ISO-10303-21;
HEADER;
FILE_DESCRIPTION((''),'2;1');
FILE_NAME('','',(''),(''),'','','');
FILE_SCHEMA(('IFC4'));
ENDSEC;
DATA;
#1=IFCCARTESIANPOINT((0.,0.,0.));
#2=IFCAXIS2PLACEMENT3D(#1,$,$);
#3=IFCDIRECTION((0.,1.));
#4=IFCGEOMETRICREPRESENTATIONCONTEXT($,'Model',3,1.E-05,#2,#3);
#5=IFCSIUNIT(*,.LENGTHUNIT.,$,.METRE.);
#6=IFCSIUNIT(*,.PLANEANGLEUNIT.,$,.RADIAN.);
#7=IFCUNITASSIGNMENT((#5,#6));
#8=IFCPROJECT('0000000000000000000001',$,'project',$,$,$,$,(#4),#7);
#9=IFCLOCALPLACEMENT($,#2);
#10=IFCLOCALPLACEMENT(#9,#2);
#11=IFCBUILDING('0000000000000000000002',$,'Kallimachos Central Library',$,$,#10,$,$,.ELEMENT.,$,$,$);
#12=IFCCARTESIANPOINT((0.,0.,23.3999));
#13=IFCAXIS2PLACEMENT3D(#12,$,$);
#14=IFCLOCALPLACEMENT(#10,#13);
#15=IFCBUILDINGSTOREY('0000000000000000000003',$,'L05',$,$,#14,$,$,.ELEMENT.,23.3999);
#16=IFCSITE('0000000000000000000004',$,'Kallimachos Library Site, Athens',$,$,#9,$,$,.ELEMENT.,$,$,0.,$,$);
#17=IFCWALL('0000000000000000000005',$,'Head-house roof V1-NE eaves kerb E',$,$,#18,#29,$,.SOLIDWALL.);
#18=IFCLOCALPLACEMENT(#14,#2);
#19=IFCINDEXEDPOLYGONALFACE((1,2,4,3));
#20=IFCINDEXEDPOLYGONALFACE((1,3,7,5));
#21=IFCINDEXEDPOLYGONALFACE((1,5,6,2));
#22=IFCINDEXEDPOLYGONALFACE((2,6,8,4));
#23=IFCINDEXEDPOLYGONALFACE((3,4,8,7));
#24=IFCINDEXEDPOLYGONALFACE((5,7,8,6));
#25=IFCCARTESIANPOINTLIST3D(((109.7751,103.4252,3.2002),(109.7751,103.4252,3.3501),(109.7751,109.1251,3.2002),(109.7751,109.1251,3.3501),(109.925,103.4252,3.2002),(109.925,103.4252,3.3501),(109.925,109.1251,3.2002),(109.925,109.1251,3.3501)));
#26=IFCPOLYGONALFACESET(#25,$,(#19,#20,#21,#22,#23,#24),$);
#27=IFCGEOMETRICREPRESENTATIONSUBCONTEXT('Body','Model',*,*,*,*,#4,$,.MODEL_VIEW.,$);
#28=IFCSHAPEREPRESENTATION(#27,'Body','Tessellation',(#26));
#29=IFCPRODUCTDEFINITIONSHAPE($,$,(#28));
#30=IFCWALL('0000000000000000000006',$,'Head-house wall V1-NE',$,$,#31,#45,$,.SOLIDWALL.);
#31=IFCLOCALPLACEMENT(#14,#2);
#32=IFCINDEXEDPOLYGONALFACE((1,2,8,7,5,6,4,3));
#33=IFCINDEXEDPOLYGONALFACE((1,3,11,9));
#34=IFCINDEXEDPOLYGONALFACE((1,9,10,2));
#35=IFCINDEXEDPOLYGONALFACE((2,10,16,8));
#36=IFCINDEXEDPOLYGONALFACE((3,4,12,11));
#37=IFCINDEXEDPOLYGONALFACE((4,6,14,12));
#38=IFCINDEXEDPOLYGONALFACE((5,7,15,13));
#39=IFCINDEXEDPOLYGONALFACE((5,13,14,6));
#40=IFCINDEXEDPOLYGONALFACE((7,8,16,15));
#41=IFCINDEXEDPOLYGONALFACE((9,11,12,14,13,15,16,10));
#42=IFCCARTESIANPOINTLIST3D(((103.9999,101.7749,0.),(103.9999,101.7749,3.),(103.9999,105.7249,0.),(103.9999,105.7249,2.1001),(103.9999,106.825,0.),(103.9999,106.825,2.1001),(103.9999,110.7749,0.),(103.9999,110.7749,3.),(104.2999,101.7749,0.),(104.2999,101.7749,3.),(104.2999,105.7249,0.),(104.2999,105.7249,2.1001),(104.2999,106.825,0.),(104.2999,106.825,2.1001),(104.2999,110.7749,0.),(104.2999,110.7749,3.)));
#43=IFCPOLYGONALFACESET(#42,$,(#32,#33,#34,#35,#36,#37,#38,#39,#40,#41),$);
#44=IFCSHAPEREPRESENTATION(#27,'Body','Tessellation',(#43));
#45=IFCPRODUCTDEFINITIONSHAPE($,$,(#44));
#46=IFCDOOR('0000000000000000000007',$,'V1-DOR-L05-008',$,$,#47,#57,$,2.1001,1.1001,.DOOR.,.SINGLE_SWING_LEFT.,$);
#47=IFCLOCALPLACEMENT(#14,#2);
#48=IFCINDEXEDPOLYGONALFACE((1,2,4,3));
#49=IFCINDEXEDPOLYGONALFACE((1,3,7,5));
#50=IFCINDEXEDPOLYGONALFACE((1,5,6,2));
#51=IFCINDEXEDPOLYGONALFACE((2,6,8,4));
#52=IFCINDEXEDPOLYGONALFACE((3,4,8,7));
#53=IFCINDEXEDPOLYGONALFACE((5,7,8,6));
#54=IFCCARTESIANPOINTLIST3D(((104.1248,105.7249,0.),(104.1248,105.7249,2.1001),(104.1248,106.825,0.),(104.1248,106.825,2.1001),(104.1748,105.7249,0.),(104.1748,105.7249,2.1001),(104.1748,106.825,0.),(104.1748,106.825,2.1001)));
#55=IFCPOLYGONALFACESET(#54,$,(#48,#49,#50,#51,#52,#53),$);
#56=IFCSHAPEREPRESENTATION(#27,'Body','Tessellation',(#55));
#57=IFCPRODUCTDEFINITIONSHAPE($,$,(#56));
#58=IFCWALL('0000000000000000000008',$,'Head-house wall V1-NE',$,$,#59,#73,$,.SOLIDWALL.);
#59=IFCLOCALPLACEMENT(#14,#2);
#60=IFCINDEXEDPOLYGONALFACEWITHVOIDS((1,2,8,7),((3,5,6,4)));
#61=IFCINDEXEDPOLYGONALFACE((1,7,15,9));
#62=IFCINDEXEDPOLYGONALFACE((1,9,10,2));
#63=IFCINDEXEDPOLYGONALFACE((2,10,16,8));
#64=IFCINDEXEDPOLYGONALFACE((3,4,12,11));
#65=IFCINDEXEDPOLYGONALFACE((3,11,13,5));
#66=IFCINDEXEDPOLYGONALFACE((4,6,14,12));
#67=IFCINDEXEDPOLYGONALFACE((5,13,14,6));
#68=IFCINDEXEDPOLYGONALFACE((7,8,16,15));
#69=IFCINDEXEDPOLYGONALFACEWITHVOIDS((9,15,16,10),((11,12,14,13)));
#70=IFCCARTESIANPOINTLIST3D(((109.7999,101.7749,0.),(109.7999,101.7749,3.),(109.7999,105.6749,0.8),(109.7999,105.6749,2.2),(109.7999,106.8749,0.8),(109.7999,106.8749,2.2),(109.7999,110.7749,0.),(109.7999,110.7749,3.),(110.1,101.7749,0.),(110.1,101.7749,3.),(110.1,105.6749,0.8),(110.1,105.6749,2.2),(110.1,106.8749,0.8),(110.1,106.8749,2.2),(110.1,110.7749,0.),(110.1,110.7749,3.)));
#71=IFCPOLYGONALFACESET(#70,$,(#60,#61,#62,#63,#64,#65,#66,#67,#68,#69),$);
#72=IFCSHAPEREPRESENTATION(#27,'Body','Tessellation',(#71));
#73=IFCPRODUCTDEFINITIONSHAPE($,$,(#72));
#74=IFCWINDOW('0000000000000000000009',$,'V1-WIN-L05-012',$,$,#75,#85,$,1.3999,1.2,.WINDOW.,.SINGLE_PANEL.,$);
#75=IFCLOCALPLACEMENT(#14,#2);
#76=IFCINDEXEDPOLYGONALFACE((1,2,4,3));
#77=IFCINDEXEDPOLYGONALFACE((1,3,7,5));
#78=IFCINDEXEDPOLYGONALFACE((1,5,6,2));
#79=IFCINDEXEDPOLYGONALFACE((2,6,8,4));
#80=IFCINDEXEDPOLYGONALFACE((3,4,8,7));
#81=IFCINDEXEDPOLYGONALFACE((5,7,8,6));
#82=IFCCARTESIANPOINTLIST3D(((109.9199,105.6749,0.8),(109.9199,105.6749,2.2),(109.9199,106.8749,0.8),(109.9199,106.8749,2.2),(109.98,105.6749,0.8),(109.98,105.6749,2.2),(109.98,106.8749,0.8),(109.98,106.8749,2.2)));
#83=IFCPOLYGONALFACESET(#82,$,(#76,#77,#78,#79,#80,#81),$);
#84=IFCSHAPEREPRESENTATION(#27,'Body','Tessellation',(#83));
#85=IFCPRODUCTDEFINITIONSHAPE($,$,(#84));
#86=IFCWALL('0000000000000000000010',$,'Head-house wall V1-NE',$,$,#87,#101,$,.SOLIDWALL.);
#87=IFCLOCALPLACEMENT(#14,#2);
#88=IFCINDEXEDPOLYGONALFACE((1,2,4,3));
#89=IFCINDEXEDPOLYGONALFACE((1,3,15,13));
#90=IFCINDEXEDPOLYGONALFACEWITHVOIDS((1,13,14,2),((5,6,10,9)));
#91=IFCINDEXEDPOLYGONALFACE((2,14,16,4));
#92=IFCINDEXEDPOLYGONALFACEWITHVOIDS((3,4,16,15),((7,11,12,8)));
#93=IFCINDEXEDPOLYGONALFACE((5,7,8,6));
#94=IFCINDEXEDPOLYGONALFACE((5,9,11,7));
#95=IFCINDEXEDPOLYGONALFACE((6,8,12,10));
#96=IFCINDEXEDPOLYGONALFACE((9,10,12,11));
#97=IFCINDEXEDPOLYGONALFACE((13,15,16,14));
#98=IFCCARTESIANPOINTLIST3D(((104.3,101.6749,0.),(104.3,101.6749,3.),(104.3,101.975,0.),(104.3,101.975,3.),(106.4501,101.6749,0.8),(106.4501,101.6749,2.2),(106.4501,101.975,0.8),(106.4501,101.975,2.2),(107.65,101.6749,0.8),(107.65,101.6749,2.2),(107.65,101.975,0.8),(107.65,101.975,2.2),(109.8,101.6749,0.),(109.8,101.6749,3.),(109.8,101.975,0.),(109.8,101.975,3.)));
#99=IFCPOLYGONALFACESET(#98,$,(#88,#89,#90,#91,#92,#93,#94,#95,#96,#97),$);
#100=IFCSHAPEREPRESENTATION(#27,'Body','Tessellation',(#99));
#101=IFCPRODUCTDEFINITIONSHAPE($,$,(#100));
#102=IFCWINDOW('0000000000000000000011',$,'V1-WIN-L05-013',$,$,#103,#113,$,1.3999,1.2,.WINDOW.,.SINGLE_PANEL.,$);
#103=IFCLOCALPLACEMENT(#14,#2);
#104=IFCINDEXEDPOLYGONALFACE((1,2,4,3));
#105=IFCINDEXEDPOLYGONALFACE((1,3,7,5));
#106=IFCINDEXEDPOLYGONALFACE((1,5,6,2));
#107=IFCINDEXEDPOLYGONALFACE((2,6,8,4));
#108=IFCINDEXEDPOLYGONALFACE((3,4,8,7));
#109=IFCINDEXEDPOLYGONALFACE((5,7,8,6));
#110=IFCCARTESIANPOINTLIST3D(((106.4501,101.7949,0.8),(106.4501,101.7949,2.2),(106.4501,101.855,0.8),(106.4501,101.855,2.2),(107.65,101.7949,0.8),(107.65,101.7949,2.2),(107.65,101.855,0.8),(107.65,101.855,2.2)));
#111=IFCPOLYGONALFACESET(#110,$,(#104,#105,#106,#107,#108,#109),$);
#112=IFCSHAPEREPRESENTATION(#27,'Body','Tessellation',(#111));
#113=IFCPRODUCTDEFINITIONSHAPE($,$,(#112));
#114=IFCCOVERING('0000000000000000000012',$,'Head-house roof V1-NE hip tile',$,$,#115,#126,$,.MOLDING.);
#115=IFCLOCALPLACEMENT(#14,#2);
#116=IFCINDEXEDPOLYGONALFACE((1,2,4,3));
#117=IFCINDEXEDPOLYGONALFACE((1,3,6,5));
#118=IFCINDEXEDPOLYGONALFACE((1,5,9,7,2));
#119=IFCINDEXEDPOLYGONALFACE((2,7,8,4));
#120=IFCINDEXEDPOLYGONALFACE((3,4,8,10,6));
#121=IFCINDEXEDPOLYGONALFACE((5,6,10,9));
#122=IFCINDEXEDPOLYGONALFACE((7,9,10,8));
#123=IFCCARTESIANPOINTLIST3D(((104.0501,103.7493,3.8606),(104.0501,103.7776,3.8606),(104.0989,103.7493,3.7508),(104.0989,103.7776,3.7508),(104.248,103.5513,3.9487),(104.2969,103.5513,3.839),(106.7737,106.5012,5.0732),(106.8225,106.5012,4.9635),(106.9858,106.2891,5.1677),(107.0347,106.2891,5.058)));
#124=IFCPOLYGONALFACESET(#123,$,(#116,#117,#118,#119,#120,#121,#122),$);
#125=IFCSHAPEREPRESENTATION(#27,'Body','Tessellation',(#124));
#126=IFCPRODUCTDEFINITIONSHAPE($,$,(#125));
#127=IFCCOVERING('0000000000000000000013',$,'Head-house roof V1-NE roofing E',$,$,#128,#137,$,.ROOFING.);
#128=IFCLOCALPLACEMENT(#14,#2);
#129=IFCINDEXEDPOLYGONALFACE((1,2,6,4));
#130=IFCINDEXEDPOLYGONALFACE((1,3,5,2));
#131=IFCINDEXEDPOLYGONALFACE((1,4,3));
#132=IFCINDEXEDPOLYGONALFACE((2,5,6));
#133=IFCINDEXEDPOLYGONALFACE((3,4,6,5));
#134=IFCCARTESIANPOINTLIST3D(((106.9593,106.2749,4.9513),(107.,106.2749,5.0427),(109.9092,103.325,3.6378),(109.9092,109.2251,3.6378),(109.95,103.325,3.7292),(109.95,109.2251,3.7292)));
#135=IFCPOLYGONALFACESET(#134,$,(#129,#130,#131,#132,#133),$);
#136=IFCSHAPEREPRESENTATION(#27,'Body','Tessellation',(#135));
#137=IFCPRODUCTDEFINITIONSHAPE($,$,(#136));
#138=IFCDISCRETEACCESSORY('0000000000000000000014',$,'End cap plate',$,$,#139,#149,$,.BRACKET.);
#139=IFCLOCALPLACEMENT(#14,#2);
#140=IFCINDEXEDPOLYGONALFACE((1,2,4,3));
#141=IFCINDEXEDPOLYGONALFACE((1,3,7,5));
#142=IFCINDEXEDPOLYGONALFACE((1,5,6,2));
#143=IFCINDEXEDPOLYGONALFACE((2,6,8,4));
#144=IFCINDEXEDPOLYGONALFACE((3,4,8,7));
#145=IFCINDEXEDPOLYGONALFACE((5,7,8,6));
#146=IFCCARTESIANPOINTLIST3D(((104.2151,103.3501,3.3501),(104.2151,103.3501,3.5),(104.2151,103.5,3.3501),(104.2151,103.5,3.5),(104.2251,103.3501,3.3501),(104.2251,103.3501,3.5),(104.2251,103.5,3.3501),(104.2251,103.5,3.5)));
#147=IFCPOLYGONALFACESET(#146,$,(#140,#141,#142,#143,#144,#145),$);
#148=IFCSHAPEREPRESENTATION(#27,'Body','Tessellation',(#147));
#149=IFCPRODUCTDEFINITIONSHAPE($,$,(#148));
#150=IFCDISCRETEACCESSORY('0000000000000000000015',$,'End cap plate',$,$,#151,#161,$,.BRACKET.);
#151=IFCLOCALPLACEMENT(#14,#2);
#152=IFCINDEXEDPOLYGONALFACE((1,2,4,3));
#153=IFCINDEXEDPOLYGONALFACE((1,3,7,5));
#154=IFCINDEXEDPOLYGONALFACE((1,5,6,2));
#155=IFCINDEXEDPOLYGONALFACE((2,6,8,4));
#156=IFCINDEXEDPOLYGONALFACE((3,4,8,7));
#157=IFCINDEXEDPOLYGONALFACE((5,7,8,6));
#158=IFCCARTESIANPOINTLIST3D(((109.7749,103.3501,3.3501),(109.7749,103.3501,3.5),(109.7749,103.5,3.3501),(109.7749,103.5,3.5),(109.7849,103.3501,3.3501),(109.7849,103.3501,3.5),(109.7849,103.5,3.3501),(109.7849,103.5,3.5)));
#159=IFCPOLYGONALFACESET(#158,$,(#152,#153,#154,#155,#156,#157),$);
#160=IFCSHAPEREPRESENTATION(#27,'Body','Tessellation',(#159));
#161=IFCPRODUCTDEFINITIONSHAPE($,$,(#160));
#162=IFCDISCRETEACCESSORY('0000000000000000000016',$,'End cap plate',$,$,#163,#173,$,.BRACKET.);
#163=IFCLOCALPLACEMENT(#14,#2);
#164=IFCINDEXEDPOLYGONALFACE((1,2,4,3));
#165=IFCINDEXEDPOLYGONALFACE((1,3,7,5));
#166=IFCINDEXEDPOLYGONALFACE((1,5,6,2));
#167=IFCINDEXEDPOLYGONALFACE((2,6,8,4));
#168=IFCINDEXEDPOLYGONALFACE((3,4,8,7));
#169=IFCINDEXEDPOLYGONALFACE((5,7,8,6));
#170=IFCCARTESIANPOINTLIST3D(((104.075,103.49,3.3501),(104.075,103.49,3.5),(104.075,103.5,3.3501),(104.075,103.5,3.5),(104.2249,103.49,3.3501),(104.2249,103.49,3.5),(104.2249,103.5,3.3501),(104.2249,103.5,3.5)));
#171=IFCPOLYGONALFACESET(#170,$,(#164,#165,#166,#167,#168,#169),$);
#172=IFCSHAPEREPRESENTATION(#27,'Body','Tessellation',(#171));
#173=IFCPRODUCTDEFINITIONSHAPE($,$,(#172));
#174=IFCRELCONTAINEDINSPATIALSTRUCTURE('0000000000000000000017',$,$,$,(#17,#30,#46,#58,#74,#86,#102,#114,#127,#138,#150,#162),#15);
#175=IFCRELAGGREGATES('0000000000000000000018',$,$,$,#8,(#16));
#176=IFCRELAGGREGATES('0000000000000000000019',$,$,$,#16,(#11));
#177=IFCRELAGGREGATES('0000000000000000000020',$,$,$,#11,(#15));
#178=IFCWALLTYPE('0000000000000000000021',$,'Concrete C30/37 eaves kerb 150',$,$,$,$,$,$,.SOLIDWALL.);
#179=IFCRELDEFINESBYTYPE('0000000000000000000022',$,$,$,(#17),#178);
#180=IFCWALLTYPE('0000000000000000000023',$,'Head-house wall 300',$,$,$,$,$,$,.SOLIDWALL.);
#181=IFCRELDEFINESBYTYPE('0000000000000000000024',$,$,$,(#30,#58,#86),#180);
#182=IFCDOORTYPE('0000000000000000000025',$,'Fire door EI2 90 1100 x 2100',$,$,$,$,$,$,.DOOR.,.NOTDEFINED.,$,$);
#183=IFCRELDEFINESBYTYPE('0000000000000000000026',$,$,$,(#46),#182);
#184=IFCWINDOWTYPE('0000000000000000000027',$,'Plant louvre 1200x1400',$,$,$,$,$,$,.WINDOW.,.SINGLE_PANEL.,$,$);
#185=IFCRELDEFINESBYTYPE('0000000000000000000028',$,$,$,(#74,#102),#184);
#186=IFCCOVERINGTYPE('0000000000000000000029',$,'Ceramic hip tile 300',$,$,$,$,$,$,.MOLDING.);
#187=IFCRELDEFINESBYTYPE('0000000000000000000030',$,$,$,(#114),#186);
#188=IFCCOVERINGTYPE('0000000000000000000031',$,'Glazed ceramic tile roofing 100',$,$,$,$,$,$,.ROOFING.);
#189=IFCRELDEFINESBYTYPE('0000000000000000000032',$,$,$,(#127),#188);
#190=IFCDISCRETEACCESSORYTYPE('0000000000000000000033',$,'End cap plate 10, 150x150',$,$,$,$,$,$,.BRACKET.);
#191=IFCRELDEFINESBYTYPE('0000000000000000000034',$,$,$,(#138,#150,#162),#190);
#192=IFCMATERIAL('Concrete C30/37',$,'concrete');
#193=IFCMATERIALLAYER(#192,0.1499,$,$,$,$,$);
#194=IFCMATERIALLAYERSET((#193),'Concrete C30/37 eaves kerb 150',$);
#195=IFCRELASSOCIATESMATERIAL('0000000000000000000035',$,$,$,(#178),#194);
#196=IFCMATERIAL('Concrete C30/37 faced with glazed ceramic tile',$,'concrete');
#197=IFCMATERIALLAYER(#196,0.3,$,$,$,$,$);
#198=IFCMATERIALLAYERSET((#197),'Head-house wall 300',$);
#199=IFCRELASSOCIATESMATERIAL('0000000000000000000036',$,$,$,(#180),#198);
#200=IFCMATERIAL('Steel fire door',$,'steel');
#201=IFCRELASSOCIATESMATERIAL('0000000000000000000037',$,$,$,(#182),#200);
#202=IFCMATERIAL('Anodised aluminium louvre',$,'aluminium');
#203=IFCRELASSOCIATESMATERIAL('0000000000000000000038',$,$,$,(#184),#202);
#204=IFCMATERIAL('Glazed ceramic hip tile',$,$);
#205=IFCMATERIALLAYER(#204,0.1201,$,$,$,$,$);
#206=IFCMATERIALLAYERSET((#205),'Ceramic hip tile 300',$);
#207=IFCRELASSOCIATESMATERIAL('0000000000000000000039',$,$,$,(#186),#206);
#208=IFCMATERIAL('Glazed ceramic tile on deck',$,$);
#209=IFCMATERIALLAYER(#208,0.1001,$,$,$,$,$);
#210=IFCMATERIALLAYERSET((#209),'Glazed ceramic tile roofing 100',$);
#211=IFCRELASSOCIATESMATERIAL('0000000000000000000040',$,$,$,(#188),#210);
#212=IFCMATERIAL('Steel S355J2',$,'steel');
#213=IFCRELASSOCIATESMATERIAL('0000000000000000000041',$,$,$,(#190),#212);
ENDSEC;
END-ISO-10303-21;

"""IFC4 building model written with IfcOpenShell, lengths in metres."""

from ifc_helpers import new_model, si_unit, direction, frame, frame_2d, origin, origin_2d, place, context, subcontext, project, spatial, polyline, rectangle, outline, extrude, material, layer, layer_set, material_profile, profile_set, type_object, element, fill, save


model = new_model("IFC4")

# Units and contexts
model_context = context("Model", 3, precision=1e-05, world=origin(), true_north=direction((0.0, 1.0)))
body_context = subcontext(model_context, "Body", "Model", "MODEL_VIEW")
ifc_project = project(units=[si_unit("LENGTHUNIT", "METRE"), si_unit("PLANEANGLEUNIT", "RADIAN")], contexts=[model_context])

# Site, building, storey
site_placement = place(None, origin())
site = spatial("IfcSite", under=ifc_project, at=site_placement, Name="Kallimachos Library Site, Athens", CompositionType="ELEMENT", RefElevation=0.0)
building_placement = place(site_placement, origin())
building = spatial("IfcBuilding", under=site, at=building_placement, Name="Kallimachos Central Library", CompositionType="ELEMENT")
storey_placement = place(building_placement, frame((0.0, 0.0, 23.3999)))
storey = spatial("IfcBuildingStorey", under=building, at=storey_placement, Name="L05", CompositionType="ELEMENT", Elevation=23.3999)

# Wall
ifc_material_1 = material(Name="Concrete C30/37", Category="concrete")
ifc_layer_1 = layer(ifc_material_1, 0.1499)
ifc_layer_set_1 = layer_set([ifc_layer_1], Name="Concrete C30/37 eaves kerb 150")
wall_type_1 = type_object("IfcWallType", Name="Concrete C30/37 eaves kerb 150", PredefinedType="SOLIDWALL", material=ifc_layer_set_1)
for number, where, z_axis, x_axis, name in (
    (1, (109.8501, 103.425, 3.2002), (0.0, 0.0, 1.0), (0.0, 1.0, 0.0), "Head-house roof V1-NE eaves kerb E"),
):
    element("IfcWall", number, at=place(storey_placement, frame(where, z_axis=z_axis, x_axis=x_axis)), inside=storey, type_object=wall_type_1, Name=name, PredefinedType="SOLIDWALL", context=body_context, shape_type="SweptSolid", body=[
        extrude(rectangle(XDim=5.7, YDim=0.1499, at=frame_2d((2.8501, 0.0))), origin(), (0.0, 0.0, 1.0), 0.1499),
    ])

# Wall, opening, door
ifc_material_2 = material(Name="Concrete C30/37 faced with glazed ceramic tile", Category="concrete")
ifc_layer_2 = layer(ifc_material_2, 0.3)
ifc_layer_set_2 = layer_set([ifc_layer_2], Name="Head-house wall 300")
wall_type_2 = type_object("IfcWallType", Name="Head-house wall 300", PredefinedType="SOLIDWALL", material=ifc_layer_set_2)
wall_1_placement = place(storey_placement, frame((104.1499, 101.7749, 0.0), z_axis=(0.0, 0.0, 1.0), x_axis=(0.0, 1.0, 0.0)))
wall_1 = element("IfcWall", 2, at=wall_1_placement, inside=storey, type_object=wall_type_2, Name="Head-house wall V1-NE", PredefinedType="SOLIDWALL", context=body_context, shape_type="SweptSolid", body=[
    extrude(rectangle(XDim=9.0, YDim=0.3, at=frame_2d((4.5, 0.0))), origin(), (0.0, 0.0, 1.0), 3.0),
])
opening_1_placement = place(wall_1_placement, frame((3.95, 0.0, 0.0)))
opening_1 = element("IfcOpeningElement", 3, at=opening_1_placement, cuts=wall_1, PredefinedType="OPENING", context=body_context, shape_type="SweptSolid", body=[
    extrude(rectangle(XDim=1.1001, YDim=2.1001, at=frame_2d((0.55, 1.05))), frame((0.0, 0.1599, 0.0), z_axis=(0.0, -1.0, 0.0), x_axis=(1.0, 0.0, 0.0)), (0.0, 0.0, 1.0), 0.3201),
])
ifc_material_3 = material(Name="Steel fire door", Category="steel")
door_type = type_object("IfcDoorType", Name="Fire door EI2 90 1100 x 2100", OperationType="NOTDEFINED", PredefinedType="DOOR", material=ifc_material_3)
door_placement = place(opening_1_placement, frame((1.1001, 0.0, 0.0), z_axis=(0.0, 0.0, 1.0), x_axis=(-1.0, 0.0, 0.0)))
door = element("IfcDoor", 4, at=door_placement, inside=storey, type_object=door_type, Name="V1-DOR-L05-008", OperationType="SINGLE_SWING_LEFT", OverallHeight=2.1001, OverallWidth=1.1001, PredefinedType="DOOR", context=body_context, shape_type="SweptSolid", body=[
    extrude(rectangle(XDim=1.1001, YDim=2.1001, at=frame_2d((0.55, 1.05))), frame((0.0, 0.0249, 0.0), z_axis=(0.0, -1.0, 0.0), x_axis=(1.0, 0.0, 0.0)), (0.0, 0.0, 1.0), 0.05),
])
fill(opening_1, door)

# Walls, openings, windows
wall_2_placement = place(storey_placement, frame((109.95, 101.7749, 0.0), z_axis=(0.0, 0.0, 1.0), x_axis=(0.0, 1.0, 0.0)))
wall_2 = element("IfcWall", 5, at=wall_2_placement, inside=storey, type_object=wall_type_2, Name="Head-house wall V1-NE", PredefinedType="SOLIDWALL", context=body_context, shape_type="SweptSolid", body=[
    extrude(rectangle(XDim=9.0, YDim=0.3, at=frame_2d((4.5, 0.0))), origin(), (0.0, 0.0, 1.0), 3.0),
])
opening_2_placement = place(wall_2_placement, frame((3.8999, 0.0, 0.8)))
opening_2 = element("IfcOpeningElement", 6, at=opening_2_placement, cuts=wall_2, PredefinedType="OPENING", context=body_context, shape_type="SweptSolid", body=[
    extrude(rectangle(XDim=1.2, YDim=1.3999, at=frame_2d((0.6001, 0.7))), frame((0.0, 0.1599, 0.0), z_axis=(0.0, -1.0, 0.0), x_axis=(1.0, 0.0, 0.0)), (0.0, 0.0, 1.0), 0.3201),
])
ifc_material_4 = material(Name="Anodised aluminium louvre", Category="aluminium")
window_type = type_object("IfcWindowType", Name="Plant louvre 1200x1400", PartitioningType="SINGLE_PANEL", PredefinedType="WINDOW", material=ifc_material_4)
window_1_placement = place(opening_2_placement, origin())
window_1 = element("IfcWindow", 7, at=window_1_placement, inside=storey, type_object=window_type, Name="V1-WIN-L05-012", OverallHeight=1.3999, OverallWidth=1.2, PartitioningType="SINGLE_PANEL", PredefinedType="WINDOW", context=body_context, shape_type="SweptSolid", body=[
    extrude(rectangle(XDim=1.2, YDim=1.3999, at=frame_2d((0.6001, 0.7))), frame((0.0, 0.03, 0.0), z_axis=(0.0, -1.0, 0.0), x_axis=(1.0, 0.0, 0.0)), (0.0, 0.0, 1.0), 0.0601),
])
fill(opening_2, window_1)
wall_3_placement = place(storey_placement, frame((104.3, 101.825, 0.0), z_axis=(0.0, 0.0, 1.0), x_axis=(1.0, 0.0, 0.0)))
wall_3 = element("IfcWall", 8, at=wall_3_placement, inside=storey, type_object=wall_type_2, Name="Head-house wall V1-NE", PredefinedType="SOLIDWALL", context=body_context, shape_type="SweptSolid", body=[
    extrude(rectangle(XDim=5.5, YDim=0.3, at=frame_2d((2.75, 0.0))), origin(), (0.0, 0.0, 1.0), 3.0),
])
opening_3_placement = place(wall_3_placement, frame((2.1499, 0.0, 0.8)))
opening_3 = element("IfcOpeningElement", 9, at=opening_3_placement, cuts=wall_3, PredefinedType="OPENING", context=body_context, shape_type="SweptSolid", body=[
    extrude(rectangle(XDim=1.2, YDim=1.3999, at=frame_2d((0.6001, 0.7))), frame((0.0, 0.1599, 0.0), z_axis=(0.0, -1.0, 0.0), x_axis=(1.0, 0.0, 0.0)), (0.0, 0.0, 1.0), 0.3201),
])
window_2_placement = place(opening_3_placement, origin())
window_2 = element("IfcWindow", 10, at=window_2_placement, inside=storey, type_object=window_type, Name="V1-WIN-L05-013", OverallHeight=1.3999, OverallWidth=1.2, PartitioningType="SINGLE_PANEL", PredefinedType="WINDOW", context=body_context, shape_type="SweptSolid", body=[
    extrude(rectangle(XDim=1.2, YDim=1.3999, at=frame_2d((0.6001, 0.7))), frame((0.0, 0.03, 0.0), z_axis=(0.0, -1.0, 0.0), x_axis=(1.0, 0.0, 0.0)), (0.0, 0.0, 1.0), 0.0601),
])
fill(opening_3, window_2)

# Coverings
ifc_material_5 = material(Name="Glazed ceramic hip tile")
ifc_layer_3 = layer(ifc_material_5, 0.1201)
ifc_layer_set_3 = layer_set([ifc_layer_3], Name="Ceramic hip tile 300")
covering_type_1 = type_object("IfcCoveringType", Name="Ceramic hip tile 300", PredefinedType="MOLDING", material=ifc_layer_set_3)
covering_1_placement = place(storey_placement, frame((104.248, 103.5513, 3.9487), z_axis=(-0.406744, 0.0, 0.913542), x_axis=(-0.674458, 0.674485, -0.300294)))
element("IfcCovering", 11, at=covering_1_placement, inside=storey, type_object=covering_type_1, Name="Head-house roof V1-NE hip tile", PredefinedType="MOLDING", context=body_context, shape_type="SweptSolid", body=[
    extrude(outline(polyline([(0.0, 0.0), (0.2936, 0.0), (0.3127, -0.0209), (-0.0514, -4.0426), (-0.366, -4.0427), (0.0, 0.0)])), origin(), (0.0, 0.0, -1.0), 0.1201),
])
ifc_material_6 = material(Name="Glazed ceramic tile on deck")
ifc_layer_4 = layer(ifc_material_6, 0.1001)
ifc_layer_set_4 = layer_set([ifc_layer_4], Name="Glazed ceramic tile roofing 100")
covering_type_2 = type_object("IfcCoveringType", Name="Glazed ceramic tile roofing 100", PredefinedType="ROOFING", material=ifc_layer_set_4)
covering_2_placement = place(storey_placement, frame((109.95, 103.325, 3.7292), z_axis=(0.406756, 0.0, 0.913537), x_axis=(0.0, 1.0, 0.0)))
element("IfcCovering", 12, at=covering_2_placement, inside=storey, type_object=covering_type_2, Name="Head-house roof V1-NE roofing E", PredefinedType="ROOFING", context=body_context, shape_type="SweptSolid", body=[
    extrude(outline(polyline([(0.0, 0.0), (5.9001, 0.0), (2.95, 3.2292), (0.0, 0.0)])), origin(), (0.0, 0.0, -1.0), 0.1001),
])

# Discrete accessories
ifc_material_7 = material(Name="Steel S355J2", Category="steel")
ifc_material_profile_1 = material_profile(ifc_material_7, rectangle(XDim=0.1499, YDim=0.1499, at=origin_2d()), Name="End cap plate 10, 150x150")
ifc_profile_set_1 = profile_set([ifc_material_profile_1], Name="Steel S355J2")
discrete_accessory_type = type_object("IfcDiscreteAccessoryType", Name="End cap plate 10, 150x150", PredefinedType="BRACKET", material=ifc_profile_set_1)
for number, where, z_axis, x_axis, name in (
    (13, (104.2151, 103.425, 3.425), (1.0, 0.0, 0.0), (0.0, 1.0, 0.0), "End cap plate"),
    (14, (109.7749, 103.425, 3.425), (1.0, 0.0, 0.0), (0.0, 1.0, 0.0), "End cap plate"),
    (15, (104.1499, 103.49, 3.425), (0.0, 1.0, 0.0), (-1.0, 0.0, 0.0), "End cap plate"),
):
    element("IfcDiscreteAccessory", number, at=place(storey_placement, frame(where, z_axis=z_axis, x_axis=x_axis)), inside=storey, type_object=discrete_accessory_type, Name=name, PredefinedType="BRACKET", context=body_context, shape_type="SweptSolid", body=[
        extrude(rectangle(XDim=0.1499, YDim=0.1499, at=origin_2d()), origin(), (0.0, 0.0, 1.0), 0.01),
    ])

save(model, "model.ifc")
